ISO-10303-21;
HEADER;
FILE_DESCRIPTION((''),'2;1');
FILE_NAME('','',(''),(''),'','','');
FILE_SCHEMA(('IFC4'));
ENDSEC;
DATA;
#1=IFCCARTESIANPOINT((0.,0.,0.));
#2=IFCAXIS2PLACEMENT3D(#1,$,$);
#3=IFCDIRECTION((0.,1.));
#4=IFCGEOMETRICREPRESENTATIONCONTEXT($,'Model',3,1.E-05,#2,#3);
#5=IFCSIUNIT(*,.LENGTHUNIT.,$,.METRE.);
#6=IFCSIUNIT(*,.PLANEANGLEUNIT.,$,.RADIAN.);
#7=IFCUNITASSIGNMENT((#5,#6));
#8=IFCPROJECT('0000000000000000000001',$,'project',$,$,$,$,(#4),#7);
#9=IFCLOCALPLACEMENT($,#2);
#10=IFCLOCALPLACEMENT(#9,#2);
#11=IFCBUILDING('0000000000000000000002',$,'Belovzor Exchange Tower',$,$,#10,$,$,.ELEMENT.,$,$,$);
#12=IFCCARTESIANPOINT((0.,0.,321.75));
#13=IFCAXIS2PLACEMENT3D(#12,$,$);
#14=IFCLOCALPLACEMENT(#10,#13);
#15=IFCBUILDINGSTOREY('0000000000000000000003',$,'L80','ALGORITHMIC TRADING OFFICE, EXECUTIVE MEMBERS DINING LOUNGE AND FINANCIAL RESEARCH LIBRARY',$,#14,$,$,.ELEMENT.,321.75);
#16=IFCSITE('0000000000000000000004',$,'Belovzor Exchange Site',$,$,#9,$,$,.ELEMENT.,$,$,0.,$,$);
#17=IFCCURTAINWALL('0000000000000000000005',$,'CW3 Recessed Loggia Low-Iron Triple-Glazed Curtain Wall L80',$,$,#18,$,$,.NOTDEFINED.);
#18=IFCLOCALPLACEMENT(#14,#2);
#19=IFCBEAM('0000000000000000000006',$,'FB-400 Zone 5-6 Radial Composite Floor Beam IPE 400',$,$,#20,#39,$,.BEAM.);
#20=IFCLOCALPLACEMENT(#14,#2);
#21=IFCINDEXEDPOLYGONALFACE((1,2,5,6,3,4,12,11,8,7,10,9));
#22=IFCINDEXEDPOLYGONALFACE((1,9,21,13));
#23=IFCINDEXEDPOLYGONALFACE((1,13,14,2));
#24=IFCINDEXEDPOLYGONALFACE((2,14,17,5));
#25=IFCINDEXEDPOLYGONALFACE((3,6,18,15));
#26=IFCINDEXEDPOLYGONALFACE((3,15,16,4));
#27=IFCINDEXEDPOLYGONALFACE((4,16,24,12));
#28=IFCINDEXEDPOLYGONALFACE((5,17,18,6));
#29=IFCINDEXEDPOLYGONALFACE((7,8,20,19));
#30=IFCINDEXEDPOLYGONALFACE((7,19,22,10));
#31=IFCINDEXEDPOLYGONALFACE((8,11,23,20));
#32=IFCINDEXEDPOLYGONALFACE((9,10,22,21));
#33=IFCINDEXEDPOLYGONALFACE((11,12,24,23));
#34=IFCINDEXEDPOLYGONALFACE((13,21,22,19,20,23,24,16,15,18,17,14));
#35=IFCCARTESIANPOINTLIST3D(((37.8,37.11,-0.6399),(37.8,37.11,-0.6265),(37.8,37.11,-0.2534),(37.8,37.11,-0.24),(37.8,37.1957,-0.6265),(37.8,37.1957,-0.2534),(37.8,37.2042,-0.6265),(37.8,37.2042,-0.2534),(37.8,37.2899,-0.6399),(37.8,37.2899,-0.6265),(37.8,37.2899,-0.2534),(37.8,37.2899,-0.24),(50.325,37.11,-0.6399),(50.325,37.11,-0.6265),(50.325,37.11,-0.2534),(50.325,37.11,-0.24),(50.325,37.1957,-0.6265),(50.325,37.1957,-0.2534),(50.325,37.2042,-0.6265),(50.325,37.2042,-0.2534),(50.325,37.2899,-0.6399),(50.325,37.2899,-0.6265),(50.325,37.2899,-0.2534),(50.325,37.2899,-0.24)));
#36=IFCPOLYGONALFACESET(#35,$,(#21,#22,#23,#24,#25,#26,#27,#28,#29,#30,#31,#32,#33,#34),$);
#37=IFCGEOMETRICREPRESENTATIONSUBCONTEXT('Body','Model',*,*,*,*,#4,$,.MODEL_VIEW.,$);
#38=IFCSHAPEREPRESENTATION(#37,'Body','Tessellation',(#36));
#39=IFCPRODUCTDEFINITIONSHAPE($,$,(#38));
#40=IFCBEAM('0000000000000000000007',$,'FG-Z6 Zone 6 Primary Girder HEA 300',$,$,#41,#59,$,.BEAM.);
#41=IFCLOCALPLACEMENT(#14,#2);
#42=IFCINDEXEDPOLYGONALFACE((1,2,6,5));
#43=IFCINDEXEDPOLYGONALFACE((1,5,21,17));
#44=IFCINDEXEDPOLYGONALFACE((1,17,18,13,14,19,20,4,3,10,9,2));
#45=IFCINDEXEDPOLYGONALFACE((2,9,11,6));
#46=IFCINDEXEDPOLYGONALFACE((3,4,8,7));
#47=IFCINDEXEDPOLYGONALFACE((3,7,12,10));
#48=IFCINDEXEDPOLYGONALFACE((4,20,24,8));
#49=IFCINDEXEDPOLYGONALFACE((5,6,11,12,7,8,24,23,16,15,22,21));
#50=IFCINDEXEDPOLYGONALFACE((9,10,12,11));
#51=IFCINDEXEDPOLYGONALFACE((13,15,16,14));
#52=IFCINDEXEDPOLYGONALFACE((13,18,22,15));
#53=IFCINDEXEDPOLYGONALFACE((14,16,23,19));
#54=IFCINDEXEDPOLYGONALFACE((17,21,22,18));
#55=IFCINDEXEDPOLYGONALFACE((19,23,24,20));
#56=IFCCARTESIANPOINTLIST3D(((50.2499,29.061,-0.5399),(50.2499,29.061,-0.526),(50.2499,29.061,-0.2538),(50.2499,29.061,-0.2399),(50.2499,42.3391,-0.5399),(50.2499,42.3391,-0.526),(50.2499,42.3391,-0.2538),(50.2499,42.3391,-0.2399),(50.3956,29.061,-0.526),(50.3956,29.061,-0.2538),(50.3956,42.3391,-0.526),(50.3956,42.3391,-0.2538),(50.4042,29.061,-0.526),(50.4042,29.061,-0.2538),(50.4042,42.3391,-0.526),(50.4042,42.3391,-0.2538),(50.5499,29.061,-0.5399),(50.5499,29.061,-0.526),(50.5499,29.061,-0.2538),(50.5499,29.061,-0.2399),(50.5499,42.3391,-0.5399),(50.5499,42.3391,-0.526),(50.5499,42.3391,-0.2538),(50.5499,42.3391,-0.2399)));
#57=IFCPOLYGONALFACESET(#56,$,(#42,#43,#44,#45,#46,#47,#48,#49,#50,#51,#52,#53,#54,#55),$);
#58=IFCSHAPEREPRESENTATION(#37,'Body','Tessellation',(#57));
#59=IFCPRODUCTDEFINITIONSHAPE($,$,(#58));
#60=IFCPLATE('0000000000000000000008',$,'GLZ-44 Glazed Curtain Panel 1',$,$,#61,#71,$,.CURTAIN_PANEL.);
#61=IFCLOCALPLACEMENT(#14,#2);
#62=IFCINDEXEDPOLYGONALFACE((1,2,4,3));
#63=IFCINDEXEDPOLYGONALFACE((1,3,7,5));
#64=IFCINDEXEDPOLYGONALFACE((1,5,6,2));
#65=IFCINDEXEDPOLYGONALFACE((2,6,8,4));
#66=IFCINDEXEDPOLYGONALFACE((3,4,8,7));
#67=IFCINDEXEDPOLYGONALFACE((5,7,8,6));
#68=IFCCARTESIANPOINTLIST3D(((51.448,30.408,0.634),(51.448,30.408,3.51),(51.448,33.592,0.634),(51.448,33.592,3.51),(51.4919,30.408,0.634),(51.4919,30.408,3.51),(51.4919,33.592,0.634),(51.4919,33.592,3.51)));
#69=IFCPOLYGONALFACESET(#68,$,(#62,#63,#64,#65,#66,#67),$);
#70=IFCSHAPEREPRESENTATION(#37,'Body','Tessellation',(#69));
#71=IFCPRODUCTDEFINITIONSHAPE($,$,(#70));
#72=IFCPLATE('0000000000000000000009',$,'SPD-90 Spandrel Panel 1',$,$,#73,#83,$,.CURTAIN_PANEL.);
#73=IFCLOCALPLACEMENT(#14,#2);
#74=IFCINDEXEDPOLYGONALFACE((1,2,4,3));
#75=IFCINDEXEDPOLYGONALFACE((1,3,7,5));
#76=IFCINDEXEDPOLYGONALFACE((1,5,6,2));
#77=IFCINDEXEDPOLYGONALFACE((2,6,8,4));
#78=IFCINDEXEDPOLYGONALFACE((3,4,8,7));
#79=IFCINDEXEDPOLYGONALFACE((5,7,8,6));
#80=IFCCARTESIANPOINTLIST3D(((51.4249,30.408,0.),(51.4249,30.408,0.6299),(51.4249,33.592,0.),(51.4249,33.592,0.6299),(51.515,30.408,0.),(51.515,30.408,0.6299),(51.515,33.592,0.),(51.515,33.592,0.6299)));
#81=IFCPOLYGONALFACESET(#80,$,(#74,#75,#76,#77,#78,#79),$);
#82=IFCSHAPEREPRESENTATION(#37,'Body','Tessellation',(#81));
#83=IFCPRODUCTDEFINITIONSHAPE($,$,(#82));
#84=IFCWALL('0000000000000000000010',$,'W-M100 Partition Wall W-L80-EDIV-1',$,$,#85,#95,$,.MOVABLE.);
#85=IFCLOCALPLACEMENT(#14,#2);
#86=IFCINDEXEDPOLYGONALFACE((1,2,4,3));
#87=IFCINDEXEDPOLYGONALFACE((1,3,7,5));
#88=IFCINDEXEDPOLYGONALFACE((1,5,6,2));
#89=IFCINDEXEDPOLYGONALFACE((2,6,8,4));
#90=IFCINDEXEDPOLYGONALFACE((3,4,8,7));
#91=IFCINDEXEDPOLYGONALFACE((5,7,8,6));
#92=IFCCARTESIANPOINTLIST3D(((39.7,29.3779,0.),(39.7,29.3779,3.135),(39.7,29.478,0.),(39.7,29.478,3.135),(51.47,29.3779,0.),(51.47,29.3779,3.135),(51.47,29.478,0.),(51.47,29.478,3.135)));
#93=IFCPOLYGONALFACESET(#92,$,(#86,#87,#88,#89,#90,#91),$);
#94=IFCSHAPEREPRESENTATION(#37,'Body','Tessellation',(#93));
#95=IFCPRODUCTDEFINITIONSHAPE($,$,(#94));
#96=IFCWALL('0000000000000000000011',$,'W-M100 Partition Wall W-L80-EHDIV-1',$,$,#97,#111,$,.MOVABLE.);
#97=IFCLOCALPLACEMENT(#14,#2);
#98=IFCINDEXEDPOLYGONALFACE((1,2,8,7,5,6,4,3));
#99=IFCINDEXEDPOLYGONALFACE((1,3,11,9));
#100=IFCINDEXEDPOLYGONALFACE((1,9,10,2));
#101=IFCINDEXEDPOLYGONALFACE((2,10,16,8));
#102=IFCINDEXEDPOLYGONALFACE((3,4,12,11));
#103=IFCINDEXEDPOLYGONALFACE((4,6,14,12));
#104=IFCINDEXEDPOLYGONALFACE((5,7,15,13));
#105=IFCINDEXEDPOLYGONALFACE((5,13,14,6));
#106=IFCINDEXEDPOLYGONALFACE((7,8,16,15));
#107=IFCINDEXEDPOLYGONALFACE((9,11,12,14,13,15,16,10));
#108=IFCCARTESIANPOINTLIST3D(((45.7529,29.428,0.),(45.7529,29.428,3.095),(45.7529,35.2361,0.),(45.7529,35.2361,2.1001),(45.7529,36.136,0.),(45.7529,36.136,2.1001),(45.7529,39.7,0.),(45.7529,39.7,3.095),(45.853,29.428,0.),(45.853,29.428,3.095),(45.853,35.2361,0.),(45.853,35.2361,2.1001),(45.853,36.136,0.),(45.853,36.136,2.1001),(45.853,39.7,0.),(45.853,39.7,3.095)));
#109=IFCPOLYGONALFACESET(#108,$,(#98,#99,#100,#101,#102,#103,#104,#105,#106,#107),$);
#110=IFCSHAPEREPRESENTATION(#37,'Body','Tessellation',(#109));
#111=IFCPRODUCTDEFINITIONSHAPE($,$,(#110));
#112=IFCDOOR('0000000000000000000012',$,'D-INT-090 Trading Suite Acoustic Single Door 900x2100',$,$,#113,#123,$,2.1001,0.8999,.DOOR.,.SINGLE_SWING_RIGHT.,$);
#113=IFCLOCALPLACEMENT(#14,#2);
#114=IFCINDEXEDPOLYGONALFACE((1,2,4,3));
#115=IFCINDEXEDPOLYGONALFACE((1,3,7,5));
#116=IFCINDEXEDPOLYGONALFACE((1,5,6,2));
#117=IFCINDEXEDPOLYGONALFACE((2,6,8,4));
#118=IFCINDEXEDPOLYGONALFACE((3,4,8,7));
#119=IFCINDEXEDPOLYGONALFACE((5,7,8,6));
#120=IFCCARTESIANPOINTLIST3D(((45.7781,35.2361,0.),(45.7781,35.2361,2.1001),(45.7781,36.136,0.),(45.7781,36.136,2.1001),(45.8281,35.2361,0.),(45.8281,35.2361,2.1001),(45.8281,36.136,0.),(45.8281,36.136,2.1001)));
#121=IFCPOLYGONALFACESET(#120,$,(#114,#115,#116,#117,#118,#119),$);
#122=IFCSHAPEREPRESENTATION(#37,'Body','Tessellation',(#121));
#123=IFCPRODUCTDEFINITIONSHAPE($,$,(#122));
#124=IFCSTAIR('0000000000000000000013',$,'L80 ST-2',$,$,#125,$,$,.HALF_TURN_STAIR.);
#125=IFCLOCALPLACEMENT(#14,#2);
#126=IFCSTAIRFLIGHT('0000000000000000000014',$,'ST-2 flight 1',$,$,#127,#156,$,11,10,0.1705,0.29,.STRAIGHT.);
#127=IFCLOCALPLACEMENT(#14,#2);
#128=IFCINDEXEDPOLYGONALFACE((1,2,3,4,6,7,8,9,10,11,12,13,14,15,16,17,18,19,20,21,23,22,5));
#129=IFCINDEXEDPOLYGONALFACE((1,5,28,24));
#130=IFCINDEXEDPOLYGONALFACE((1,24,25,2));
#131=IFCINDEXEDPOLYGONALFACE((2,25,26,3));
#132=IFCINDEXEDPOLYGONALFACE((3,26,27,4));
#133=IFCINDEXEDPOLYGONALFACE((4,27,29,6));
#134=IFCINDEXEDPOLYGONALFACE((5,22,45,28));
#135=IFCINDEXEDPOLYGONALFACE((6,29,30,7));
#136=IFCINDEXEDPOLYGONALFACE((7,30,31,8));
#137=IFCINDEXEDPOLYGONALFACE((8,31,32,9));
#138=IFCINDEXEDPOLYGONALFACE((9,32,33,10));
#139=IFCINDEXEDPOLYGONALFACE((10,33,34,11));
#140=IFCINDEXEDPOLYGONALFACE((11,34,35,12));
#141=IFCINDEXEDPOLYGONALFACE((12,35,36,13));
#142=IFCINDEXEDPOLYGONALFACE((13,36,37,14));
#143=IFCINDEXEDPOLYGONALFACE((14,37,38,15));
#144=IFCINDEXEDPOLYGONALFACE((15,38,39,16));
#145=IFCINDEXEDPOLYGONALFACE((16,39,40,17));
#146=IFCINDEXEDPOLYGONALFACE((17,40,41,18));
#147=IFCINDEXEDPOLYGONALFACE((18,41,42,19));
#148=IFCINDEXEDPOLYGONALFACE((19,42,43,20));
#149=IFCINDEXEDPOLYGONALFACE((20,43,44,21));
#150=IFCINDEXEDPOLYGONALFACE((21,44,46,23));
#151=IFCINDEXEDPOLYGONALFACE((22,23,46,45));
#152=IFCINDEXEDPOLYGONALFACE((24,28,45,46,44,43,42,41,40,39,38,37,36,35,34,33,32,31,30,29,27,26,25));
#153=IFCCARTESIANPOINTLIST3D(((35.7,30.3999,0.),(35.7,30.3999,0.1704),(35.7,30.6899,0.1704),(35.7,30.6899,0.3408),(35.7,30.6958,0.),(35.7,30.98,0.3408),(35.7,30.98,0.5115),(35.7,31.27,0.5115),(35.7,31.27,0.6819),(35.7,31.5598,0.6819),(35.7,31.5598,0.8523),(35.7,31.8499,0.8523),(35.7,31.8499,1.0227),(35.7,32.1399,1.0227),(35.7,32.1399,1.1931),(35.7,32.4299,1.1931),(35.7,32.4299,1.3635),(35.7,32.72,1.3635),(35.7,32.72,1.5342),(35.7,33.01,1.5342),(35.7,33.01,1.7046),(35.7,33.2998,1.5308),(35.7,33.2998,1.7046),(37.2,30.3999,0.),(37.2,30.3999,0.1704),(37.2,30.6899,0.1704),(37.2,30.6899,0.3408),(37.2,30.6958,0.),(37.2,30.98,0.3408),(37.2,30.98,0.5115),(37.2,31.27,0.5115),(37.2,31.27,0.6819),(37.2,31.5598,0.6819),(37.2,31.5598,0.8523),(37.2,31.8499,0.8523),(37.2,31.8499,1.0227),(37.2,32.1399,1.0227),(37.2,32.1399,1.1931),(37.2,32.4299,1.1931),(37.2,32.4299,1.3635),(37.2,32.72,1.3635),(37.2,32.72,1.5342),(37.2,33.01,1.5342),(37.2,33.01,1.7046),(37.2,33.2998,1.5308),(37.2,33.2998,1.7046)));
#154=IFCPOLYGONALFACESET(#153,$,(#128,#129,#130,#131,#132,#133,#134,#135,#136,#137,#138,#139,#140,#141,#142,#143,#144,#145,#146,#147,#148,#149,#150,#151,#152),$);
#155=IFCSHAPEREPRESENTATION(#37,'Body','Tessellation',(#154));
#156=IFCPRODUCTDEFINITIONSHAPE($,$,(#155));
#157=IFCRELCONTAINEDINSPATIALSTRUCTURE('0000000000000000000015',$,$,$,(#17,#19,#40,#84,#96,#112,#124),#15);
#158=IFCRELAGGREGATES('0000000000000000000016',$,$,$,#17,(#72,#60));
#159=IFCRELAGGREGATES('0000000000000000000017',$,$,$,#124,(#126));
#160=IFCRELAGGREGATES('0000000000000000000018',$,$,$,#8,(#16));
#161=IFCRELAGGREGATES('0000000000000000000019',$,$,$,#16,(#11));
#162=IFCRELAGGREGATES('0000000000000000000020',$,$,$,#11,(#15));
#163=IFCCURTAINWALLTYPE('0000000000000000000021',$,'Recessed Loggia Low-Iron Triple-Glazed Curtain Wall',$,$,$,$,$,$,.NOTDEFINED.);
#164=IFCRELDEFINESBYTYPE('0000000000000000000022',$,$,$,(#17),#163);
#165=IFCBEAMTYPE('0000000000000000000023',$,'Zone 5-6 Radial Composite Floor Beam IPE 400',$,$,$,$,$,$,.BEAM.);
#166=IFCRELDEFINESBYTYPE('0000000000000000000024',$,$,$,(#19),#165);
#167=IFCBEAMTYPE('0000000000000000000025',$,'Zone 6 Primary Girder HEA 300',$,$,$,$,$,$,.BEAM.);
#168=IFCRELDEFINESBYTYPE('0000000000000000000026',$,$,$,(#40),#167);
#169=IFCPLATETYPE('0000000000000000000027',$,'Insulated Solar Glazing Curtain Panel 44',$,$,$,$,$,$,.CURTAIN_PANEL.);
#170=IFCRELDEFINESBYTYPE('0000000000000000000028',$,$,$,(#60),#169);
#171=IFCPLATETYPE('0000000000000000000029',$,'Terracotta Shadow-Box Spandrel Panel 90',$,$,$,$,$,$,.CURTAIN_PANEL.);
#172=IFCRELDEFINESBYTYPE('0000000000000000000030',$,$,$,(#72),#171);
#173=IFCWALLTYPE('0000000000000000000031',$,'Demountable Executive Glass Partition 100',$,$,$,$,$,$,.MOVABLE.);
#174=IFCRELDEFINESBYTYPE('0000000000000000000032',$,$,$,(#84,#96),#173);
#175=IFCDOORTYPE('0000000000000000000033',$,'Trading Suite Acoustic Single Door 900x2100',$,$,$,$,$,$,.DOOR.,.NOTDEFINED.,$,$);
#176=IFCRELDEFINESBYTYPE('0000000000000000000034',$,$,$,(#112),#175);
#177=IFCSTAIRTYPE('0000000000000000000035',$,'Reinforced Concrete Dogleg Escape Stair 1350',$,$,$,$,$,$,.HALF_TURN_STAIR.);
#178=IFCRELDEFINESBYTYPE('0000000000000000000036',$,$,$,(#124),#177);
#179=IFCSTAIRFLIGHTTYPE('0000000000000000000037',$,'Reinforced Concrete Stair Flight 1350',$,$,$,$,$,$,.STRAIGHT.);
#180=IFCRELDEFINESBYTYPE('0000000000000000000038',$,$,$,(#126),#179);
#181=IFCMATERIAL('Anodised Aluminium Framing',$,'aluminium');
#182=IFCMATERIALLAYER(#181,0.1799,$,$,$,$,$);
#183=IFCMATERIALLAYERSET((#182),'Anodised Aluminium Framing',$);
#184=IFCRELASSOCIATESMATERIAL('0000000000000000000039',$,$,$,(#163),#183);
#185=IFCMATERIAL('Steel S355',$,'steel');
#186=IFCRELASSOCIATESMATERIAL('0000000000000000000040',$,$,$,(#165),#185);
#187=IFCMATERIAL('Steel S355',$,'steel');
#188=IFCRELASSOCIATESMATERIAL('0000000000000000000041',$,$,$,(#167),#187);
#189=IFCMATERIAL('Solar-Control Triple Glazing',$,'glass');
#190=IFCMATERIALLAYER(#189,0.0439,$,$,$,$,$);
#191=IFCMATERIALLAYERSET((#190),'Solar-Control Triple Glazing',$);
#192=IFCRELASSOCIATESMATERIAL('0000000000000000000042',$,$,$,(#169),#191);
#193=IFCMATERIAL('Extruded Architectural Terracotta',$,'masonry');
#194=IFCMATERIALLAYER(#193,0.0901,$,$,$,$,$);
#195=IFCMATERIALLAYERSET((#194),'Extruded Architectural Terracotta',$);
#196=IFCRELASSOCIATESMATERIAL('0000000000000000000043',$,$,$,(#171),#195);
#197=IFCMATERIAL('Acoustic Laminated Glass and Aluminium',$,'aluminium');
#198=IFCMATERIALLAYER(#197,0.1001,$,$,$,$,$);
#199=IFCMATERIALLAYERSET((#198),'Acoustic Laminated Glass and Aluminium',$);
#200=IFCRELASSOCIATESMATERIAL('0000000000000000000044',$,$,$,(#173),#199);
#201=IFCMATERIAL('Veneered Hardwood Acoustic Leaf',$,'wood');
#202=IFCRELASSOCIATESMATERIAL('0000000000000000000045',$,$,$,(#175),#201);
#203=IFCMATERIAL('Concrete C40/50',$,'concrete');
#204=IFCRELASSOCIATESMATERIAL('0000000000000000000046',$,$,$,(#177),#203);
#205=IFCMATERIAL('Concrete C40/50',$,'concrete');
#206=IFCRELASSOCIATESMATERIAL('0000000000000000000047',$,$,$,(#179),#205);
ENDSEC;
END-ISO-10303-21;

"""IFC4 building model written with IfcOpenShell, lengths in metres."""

from ifc_helpers import new_model, si_unit, direction, frame, frame_2d, origin, origin_2d, place, context, subcontext, project, spatial, polyline, rectangle, i_section, outline, extrude, material, layer, layer_set, material_profile, profile_set, type_object, element, fill, aggregate, save


model = new_model("IFC4")

# Units and contexts
model_context = context("Model", 3, precision=1e-05, world=origin(), true_north=direction((0.0, 1.0)))
body_context = subcontext(model_context, "Body", "Model", "MODEL_VIEW")
ifc_project = project(units=[si_unit("LENGTHUNIT", "METRE"), si_unit("PLANEANGLEUNIT", "RADIAN")], contexts=[model_context])

# Site, building, storey
site_placement = place(None, origin())
site = spatial("IfcSite", under=ifc_project, at=site_placement, Name="Belovzor Exchange Site", CompositionType="ELEMENT", RefElevation=0.0)
building_placement = place(site_placement, origin())
building = spatial("IfcBuilding", under=site, at=building_placement, Name="Belovzor Exchange Tower", CompositionType="ELEMENT")
storey_placement = place(building_placement, frame((0.0, 0.0, 321.75)))
storey = spatial("IfcBuildingStorey", under=building, at=storey_placement, Name="L80", Description="ALGORITHMIC TRADING OFFICE, EXECUTIVE MEMBERS DINING LOUNGE AND FINANCIAL RESEARCH LIBRARY", CompositionType="ELEMENT", Elevation=321.75)

# Curtain wall
ifc_material_1 = material(Name="Anodised Aluminium Framing", Category="aluminium")
ifc_layer_1 = layer(ifc_material_1, 0.1799)
ifc_layer_set_1 = layer_set([ifc_layer_1], Name="Anodised Aluminium Framing")
curtain_wall_type = type_object("IfcCurtainWallType", Name="Recessed Loggia Low-Iron Triple-Glazed Curtain Wall", PredefinedType="NOTDEFINED", material=ifc_layer_set_1)
curtain_wall_placement = place(storey_placement, origin())
curtain_wall = element("IfcCurtainWall", 1, at=curtain_wall_placement, inside=storey, type_object=curtain_wall_type, Name="CW3 Recessed Loggia Low-Iron Triple-Glazed Curtain Wall L80", PredefinedType="NOTDEFINED")

# Beams
ifc_material_2 = material(Name="Steel S355", Category="steel")
ifc_material_profile_1 = material_profile(ifc_material_2, i_section(OverallWidth=0.1799, OverallDepth=0.3999, WebThickness=0.0085, FlangeThickness=0.0134, at=origin_2d()))
ifc_profile_set_1 = profile_set([ifc_material_profile_1], Name="Steel S355")
beam_type_1 = type_object("IfcBeamType", Name="Zone 5-6 Radial Composite Floor Beam IPE 400", PredefinedType="BEAM", material=ifc_profile_set_1)
for number, where, z_axis, x_axis, name in (
    (2, (37.8, 37.2, -0.4399), (1.0, 0.0, 0.0), (0.0, 1.0, 0.0), "FB-400 Zone 5-6 Radial Composite Floor Beam IPE 400"),
):
    element("IfcBeam", number, at=place(storey_placement, frame(where, z_axis=z_axis, x_axis=x_axis)), inside=storey, type_object=beam_type_1, Name=name, PredefinedType="BEAM", context=body_context, shape_type="SweptSolid", body=[
        extrude(i_section(OverallWidth=0.1799, OverallDepth=0.3999, WebThickness=0.0085, FlangeThickness=0.0134, at=origin_2d()), origin(), (0.0, 0.0, 1.0), 12.5249),
    ])
ifc_material_3 = material(Name="Steel S355", Category="steel")
ifc_material_profile_2 = material_profile(ifc_material_3, i_section(OverallWidth=0.3, OverallDepth=0.3, WebThickness=0.0085, FlangeThickness=0.0139, at=origin_2d()))
ifc_profile_set_2 = profile_set([ifc_material_profile_2], Name="Steel S355")
beam_type_2 = type_object("IfcBeamType", Name="Zone 6 Primary Girder HEA 300", PredefinedType="BEAM", material=ifc_profile_set_2)
beam_1_placement = place(storey_placement, frame((50.3999, 29.061, -0.3899), z_axis=(0.0, 1.0, 0.0), x_axis=(-1.0, 0.0, 0.0)))
element("IfcBeam", 3, at=beam_1_placement, inside=storey, type_object=beam_type_2, Name="FG-Z6 Zone 6 Primary Girder HEA 300", PredefinedType="BEAM", context=body_context, shape_type="SweptSolid", body=[
    extrude(i_section(OverallWidth=0.3, OverallDepth=0.3, WebThickness=0.0085, FlangeThickness=0.0139, at=origin_2d()), origin(), (0.0, 0.0, 1.0), 13.2781),
])

# Plates
ifc_material_4 = material(Name="Solar-Control Triple Glazing", Category="glass")
ifc_layer_2 = layer(ifc_material_4, 0.0439)
ifc_layer_set_2 = layer_set([ifc_layer_2], Name="Solar-Control Triple Glazing")
plate_type_1 = type_object("IfcPlateType", Name="Insulated Solar Glazing Curtain Panel 44", PredefinedType="CURTAIN_PANEL", material=ifc_layer_set_2)
plate_1_placement = place(storey_placement, frame((51.47, 32.0, 0.634), z_axis=(0.0, 0.0, 1.0), x_axis=(0.0, -1.0, 0.0)))
plate_1 = element("IfcPlate", 4, at=plate_1_placement, type_object=plate_type_1, Name="GLZ-44 Glazed Curtain Panel 1", PredefinedType="CURTAIN_PANEL", context=body_context, shape_type="SweptSolid", body=[
    extrude(rectangle(XDim=3.1841, YDim=0.0439, at=origin_2d()), origin(), (0.0, 0.0, 1.0), 2.876),
])
ifc_material_5 = material(Name="Extruded Architectural Terracotta", Category="masonry")
ifc_layer_3 = layer(ifc_material_5, 0.0901)
ifc_layer_set_3 = layer_set([ifc_layer_3], Name="Extruded Architectural Terracotta")
plate_type_2 = type_object("IfcPlateType", Name="Terracotta Shadow-Box Spandrel Panel 90", PredefinedType="CURTAIN_PANEL", material=ifc_layer_set_3)
plate_2_placement = place(storey_placement, frame((51.47, 32.0, 0.0), z_axis=(0.0, 0.0, 1.0), x_axis=(0.0, -1.0, 0.0)))
plate_2 = element("IfcPlate", 5, at=plate_2_placement, type_object=plate_type_2, Name="SPD-90 Spandrel Panel 1", PredefinedType="CURTAIN_PANEL", context=body_context, shape_type="SweptSolid", body=[
    extrude(rectangle(XDim=3.1841, YDim=0.0901, at=origin_2d()), origin(), (0.0, 0.0, 1.0), 0.6299),
])
aggregate(curtain_wall, [plate_2, plate_1])

# Wall
ifc_material_6 = material(Name="Acoustic Laminated Glass and Aluminium", Category="aluminium")
ifc_layer_4 = layer(ifc_material_6, 0.1001)
ifc_layer_set_4 = layer_set([ifc_layer_4], Name="Acoustic Laminated Glass and Aluminium")
wall_type = type_object("IfcWallType", Name="Demountable Executive Glass Partition 100", PredefinedType="MOVABLE", material=ifc_layer_set_4)
wall_1_placement = place(storey_placement, frame((39.7, 29.428, 0.0), z_axis=(0.0, 0.0, 1.0), x_axis=(1.0, 0.0, 0.0)))
element("IfcWall", 6, at=wall_1_placement, inside=storey, type_object=wall_type, Name="W-M100 Partition Wall W-L80-EDIV-1", PredefinedType="MOVABLE", context=body_context, shape_type="SweptSolid", body=[
    extrude(rectangle(XDim=11.77, YDim=0.1001, at=frame_2d((5.885, 0.0))), origin(), (0.0, 0.0, 1.0), 3.135),
])

# Wall, opening, door
wall_2_placement = place(storey_placement, frame((45.803, 29.428, 0.0), z_axis=(0.0, 0.0, 1.0), x_axis=(0.0, 1.0, 0.0)))
wall_2 = element("IfcWall", 7, at=wall_2_placement, inside=storey, type_object=wall_type, Name="W-M100 Partition Wall W-L80-EHDIV-1", PredefinedType="MOVABLE", context=body_context, shape_type="SweptSolid", body=[
    extrude(rectangle(XDim=10.272, YDim=0.1001, at=frame_2d((5.136, 0.0))), origin(), (0.0, 0.0, 1.0), 3.095),
])
opening_placement = place(wall_2_placement, frame((5.8081, 0.0, 0.0)))
opening = element("IfcOpeningElement", 8, at=opening_placement, cuts=wall_2, PredefinedType="OPENING", context=body_context, shape_type="SweptSolid", body=[
    extrude(rectangle(XDim=0.8999, YDim=2.1001, at=frame_2d((0.45, 1.05))), frame((0.0, 0.0601, 0.0), z_axis=(0.0, -1.0, 0.0), x_axis=(1.0, 0.0, 0.0)), (0.0, 0.0, 1.0), 0.1201),
])
ifc_material_7 = material(Name="Veneered Hardwood Acoustic Leaf", Category="wood")
door_type = type_object("IfcDoorType", Name="Trading Suite Acoustic Single Door 900x2100", OperationType="NOTDEFINED", PredefinedType="DOOR", material=ifc_material_7)
door_placement = place(opening_placement, origin())
door = element("IfcDoor", 9, at=door_placement, inside=storey, type_object=door_type, Name="D-INT-090 Trading Suite Acoustic Single Door 900x2100", OperationType="SINGLE_SWING_RIGHT", OverallHeight=2.1001, OverallWidth=0.8999, PredefinedType="DOOR", context=body_context, shape_type="SweptSolid", body=[
    extrude(rectangle(XDim=0.8999, YDim=2.1001, at=frame_2d((0.45, 1.05))), frame((0.0, 0.0249, 0.0), z_axis=(0.0, -1.0, 0.0), x_axis=(1.0, 0.0, 0.0)), (0.0, 0.0, 1.0), 0.05),
])
fill(opening, door)

# Stair, stair flight
ifc_material_8 = material(Name="Concrete C40/50", Category="concrete")
stair_type = type_object("IfcStairType", Name="Reinforced Concrete Dogleg Escape Stair 1350", PredefinedType="HALF_TURN_STAIR", material=ifc_material_8)
stair_placement = place(storey_placement, origin())
stair = element("IfcStair", 10, at=stair_placement, inside=storey, type_object=stair_type, Name="L80 ST-2", PredefinedType="HALF_TURN_STAIR")
ifc_material_9 = material(Name="Concrete C40/50", Category="concrete")
stair_flight_type = type_object("IfcStairFlightType", Name="Reinforced Concrete Stair Flight 1350", PredefinedType="STRAIGHT", material=ifc_material_9)
stair_flight_placement = place(storey_placement, frame((36.45, 30.3999, 0.0), z_axis=(0.0, 0.0, 1.0), x_axis=(0.0, 1.0, 0.0)))
stair_flight = element("IfcStairFlight", 11, at=stair_flight_placement, type_object=stair_flight_type, Name="ST-2 flight 1", NumberOfRisers=11, NumberOfTreads=10, PredefinedType="STRAIGHT", RiserHeight=0.1705, TreadLength=0.29, context=body_context, shape_type="SweptSolid", body=[
    extrude(outline(polyline([(0.0, 0.0), (0.0, 0.1704), (0.29, 0.1704), (0.29, 0.3408), (0.5801, 0.3408), (0.5801, 0.5115), (0.8701, 0.5115), (0.8701, 0.6819), (1.1599, 0.6819), (1.1599, 0.8523), (1.45, 0.8523), (1.45, 1.0227), (1.74, 1.0227), (1.74, 1.1931), (2.03, 1.1931), (2.03, 1.3635), (2.3201, 1.3635), (2.3201, 1.5342), (2.6101, 1.5342), (2.6101, 1.7046), (2.8999, 1.7046), (2.8999, 1.875), (2.8999, 1.5308), (0.2959, 0.0), (0.0, 0.0)])), frame((0.0, 0.75, 0.0), z_axis=(0.0, -1.0, 0.0), x_axis=(1.0, 0.0, 0.0)), (0.0, 0.0, 1.0), 1.5),
])
aggregate(stair, [stair_flight])

save(model, "model.ifc")
